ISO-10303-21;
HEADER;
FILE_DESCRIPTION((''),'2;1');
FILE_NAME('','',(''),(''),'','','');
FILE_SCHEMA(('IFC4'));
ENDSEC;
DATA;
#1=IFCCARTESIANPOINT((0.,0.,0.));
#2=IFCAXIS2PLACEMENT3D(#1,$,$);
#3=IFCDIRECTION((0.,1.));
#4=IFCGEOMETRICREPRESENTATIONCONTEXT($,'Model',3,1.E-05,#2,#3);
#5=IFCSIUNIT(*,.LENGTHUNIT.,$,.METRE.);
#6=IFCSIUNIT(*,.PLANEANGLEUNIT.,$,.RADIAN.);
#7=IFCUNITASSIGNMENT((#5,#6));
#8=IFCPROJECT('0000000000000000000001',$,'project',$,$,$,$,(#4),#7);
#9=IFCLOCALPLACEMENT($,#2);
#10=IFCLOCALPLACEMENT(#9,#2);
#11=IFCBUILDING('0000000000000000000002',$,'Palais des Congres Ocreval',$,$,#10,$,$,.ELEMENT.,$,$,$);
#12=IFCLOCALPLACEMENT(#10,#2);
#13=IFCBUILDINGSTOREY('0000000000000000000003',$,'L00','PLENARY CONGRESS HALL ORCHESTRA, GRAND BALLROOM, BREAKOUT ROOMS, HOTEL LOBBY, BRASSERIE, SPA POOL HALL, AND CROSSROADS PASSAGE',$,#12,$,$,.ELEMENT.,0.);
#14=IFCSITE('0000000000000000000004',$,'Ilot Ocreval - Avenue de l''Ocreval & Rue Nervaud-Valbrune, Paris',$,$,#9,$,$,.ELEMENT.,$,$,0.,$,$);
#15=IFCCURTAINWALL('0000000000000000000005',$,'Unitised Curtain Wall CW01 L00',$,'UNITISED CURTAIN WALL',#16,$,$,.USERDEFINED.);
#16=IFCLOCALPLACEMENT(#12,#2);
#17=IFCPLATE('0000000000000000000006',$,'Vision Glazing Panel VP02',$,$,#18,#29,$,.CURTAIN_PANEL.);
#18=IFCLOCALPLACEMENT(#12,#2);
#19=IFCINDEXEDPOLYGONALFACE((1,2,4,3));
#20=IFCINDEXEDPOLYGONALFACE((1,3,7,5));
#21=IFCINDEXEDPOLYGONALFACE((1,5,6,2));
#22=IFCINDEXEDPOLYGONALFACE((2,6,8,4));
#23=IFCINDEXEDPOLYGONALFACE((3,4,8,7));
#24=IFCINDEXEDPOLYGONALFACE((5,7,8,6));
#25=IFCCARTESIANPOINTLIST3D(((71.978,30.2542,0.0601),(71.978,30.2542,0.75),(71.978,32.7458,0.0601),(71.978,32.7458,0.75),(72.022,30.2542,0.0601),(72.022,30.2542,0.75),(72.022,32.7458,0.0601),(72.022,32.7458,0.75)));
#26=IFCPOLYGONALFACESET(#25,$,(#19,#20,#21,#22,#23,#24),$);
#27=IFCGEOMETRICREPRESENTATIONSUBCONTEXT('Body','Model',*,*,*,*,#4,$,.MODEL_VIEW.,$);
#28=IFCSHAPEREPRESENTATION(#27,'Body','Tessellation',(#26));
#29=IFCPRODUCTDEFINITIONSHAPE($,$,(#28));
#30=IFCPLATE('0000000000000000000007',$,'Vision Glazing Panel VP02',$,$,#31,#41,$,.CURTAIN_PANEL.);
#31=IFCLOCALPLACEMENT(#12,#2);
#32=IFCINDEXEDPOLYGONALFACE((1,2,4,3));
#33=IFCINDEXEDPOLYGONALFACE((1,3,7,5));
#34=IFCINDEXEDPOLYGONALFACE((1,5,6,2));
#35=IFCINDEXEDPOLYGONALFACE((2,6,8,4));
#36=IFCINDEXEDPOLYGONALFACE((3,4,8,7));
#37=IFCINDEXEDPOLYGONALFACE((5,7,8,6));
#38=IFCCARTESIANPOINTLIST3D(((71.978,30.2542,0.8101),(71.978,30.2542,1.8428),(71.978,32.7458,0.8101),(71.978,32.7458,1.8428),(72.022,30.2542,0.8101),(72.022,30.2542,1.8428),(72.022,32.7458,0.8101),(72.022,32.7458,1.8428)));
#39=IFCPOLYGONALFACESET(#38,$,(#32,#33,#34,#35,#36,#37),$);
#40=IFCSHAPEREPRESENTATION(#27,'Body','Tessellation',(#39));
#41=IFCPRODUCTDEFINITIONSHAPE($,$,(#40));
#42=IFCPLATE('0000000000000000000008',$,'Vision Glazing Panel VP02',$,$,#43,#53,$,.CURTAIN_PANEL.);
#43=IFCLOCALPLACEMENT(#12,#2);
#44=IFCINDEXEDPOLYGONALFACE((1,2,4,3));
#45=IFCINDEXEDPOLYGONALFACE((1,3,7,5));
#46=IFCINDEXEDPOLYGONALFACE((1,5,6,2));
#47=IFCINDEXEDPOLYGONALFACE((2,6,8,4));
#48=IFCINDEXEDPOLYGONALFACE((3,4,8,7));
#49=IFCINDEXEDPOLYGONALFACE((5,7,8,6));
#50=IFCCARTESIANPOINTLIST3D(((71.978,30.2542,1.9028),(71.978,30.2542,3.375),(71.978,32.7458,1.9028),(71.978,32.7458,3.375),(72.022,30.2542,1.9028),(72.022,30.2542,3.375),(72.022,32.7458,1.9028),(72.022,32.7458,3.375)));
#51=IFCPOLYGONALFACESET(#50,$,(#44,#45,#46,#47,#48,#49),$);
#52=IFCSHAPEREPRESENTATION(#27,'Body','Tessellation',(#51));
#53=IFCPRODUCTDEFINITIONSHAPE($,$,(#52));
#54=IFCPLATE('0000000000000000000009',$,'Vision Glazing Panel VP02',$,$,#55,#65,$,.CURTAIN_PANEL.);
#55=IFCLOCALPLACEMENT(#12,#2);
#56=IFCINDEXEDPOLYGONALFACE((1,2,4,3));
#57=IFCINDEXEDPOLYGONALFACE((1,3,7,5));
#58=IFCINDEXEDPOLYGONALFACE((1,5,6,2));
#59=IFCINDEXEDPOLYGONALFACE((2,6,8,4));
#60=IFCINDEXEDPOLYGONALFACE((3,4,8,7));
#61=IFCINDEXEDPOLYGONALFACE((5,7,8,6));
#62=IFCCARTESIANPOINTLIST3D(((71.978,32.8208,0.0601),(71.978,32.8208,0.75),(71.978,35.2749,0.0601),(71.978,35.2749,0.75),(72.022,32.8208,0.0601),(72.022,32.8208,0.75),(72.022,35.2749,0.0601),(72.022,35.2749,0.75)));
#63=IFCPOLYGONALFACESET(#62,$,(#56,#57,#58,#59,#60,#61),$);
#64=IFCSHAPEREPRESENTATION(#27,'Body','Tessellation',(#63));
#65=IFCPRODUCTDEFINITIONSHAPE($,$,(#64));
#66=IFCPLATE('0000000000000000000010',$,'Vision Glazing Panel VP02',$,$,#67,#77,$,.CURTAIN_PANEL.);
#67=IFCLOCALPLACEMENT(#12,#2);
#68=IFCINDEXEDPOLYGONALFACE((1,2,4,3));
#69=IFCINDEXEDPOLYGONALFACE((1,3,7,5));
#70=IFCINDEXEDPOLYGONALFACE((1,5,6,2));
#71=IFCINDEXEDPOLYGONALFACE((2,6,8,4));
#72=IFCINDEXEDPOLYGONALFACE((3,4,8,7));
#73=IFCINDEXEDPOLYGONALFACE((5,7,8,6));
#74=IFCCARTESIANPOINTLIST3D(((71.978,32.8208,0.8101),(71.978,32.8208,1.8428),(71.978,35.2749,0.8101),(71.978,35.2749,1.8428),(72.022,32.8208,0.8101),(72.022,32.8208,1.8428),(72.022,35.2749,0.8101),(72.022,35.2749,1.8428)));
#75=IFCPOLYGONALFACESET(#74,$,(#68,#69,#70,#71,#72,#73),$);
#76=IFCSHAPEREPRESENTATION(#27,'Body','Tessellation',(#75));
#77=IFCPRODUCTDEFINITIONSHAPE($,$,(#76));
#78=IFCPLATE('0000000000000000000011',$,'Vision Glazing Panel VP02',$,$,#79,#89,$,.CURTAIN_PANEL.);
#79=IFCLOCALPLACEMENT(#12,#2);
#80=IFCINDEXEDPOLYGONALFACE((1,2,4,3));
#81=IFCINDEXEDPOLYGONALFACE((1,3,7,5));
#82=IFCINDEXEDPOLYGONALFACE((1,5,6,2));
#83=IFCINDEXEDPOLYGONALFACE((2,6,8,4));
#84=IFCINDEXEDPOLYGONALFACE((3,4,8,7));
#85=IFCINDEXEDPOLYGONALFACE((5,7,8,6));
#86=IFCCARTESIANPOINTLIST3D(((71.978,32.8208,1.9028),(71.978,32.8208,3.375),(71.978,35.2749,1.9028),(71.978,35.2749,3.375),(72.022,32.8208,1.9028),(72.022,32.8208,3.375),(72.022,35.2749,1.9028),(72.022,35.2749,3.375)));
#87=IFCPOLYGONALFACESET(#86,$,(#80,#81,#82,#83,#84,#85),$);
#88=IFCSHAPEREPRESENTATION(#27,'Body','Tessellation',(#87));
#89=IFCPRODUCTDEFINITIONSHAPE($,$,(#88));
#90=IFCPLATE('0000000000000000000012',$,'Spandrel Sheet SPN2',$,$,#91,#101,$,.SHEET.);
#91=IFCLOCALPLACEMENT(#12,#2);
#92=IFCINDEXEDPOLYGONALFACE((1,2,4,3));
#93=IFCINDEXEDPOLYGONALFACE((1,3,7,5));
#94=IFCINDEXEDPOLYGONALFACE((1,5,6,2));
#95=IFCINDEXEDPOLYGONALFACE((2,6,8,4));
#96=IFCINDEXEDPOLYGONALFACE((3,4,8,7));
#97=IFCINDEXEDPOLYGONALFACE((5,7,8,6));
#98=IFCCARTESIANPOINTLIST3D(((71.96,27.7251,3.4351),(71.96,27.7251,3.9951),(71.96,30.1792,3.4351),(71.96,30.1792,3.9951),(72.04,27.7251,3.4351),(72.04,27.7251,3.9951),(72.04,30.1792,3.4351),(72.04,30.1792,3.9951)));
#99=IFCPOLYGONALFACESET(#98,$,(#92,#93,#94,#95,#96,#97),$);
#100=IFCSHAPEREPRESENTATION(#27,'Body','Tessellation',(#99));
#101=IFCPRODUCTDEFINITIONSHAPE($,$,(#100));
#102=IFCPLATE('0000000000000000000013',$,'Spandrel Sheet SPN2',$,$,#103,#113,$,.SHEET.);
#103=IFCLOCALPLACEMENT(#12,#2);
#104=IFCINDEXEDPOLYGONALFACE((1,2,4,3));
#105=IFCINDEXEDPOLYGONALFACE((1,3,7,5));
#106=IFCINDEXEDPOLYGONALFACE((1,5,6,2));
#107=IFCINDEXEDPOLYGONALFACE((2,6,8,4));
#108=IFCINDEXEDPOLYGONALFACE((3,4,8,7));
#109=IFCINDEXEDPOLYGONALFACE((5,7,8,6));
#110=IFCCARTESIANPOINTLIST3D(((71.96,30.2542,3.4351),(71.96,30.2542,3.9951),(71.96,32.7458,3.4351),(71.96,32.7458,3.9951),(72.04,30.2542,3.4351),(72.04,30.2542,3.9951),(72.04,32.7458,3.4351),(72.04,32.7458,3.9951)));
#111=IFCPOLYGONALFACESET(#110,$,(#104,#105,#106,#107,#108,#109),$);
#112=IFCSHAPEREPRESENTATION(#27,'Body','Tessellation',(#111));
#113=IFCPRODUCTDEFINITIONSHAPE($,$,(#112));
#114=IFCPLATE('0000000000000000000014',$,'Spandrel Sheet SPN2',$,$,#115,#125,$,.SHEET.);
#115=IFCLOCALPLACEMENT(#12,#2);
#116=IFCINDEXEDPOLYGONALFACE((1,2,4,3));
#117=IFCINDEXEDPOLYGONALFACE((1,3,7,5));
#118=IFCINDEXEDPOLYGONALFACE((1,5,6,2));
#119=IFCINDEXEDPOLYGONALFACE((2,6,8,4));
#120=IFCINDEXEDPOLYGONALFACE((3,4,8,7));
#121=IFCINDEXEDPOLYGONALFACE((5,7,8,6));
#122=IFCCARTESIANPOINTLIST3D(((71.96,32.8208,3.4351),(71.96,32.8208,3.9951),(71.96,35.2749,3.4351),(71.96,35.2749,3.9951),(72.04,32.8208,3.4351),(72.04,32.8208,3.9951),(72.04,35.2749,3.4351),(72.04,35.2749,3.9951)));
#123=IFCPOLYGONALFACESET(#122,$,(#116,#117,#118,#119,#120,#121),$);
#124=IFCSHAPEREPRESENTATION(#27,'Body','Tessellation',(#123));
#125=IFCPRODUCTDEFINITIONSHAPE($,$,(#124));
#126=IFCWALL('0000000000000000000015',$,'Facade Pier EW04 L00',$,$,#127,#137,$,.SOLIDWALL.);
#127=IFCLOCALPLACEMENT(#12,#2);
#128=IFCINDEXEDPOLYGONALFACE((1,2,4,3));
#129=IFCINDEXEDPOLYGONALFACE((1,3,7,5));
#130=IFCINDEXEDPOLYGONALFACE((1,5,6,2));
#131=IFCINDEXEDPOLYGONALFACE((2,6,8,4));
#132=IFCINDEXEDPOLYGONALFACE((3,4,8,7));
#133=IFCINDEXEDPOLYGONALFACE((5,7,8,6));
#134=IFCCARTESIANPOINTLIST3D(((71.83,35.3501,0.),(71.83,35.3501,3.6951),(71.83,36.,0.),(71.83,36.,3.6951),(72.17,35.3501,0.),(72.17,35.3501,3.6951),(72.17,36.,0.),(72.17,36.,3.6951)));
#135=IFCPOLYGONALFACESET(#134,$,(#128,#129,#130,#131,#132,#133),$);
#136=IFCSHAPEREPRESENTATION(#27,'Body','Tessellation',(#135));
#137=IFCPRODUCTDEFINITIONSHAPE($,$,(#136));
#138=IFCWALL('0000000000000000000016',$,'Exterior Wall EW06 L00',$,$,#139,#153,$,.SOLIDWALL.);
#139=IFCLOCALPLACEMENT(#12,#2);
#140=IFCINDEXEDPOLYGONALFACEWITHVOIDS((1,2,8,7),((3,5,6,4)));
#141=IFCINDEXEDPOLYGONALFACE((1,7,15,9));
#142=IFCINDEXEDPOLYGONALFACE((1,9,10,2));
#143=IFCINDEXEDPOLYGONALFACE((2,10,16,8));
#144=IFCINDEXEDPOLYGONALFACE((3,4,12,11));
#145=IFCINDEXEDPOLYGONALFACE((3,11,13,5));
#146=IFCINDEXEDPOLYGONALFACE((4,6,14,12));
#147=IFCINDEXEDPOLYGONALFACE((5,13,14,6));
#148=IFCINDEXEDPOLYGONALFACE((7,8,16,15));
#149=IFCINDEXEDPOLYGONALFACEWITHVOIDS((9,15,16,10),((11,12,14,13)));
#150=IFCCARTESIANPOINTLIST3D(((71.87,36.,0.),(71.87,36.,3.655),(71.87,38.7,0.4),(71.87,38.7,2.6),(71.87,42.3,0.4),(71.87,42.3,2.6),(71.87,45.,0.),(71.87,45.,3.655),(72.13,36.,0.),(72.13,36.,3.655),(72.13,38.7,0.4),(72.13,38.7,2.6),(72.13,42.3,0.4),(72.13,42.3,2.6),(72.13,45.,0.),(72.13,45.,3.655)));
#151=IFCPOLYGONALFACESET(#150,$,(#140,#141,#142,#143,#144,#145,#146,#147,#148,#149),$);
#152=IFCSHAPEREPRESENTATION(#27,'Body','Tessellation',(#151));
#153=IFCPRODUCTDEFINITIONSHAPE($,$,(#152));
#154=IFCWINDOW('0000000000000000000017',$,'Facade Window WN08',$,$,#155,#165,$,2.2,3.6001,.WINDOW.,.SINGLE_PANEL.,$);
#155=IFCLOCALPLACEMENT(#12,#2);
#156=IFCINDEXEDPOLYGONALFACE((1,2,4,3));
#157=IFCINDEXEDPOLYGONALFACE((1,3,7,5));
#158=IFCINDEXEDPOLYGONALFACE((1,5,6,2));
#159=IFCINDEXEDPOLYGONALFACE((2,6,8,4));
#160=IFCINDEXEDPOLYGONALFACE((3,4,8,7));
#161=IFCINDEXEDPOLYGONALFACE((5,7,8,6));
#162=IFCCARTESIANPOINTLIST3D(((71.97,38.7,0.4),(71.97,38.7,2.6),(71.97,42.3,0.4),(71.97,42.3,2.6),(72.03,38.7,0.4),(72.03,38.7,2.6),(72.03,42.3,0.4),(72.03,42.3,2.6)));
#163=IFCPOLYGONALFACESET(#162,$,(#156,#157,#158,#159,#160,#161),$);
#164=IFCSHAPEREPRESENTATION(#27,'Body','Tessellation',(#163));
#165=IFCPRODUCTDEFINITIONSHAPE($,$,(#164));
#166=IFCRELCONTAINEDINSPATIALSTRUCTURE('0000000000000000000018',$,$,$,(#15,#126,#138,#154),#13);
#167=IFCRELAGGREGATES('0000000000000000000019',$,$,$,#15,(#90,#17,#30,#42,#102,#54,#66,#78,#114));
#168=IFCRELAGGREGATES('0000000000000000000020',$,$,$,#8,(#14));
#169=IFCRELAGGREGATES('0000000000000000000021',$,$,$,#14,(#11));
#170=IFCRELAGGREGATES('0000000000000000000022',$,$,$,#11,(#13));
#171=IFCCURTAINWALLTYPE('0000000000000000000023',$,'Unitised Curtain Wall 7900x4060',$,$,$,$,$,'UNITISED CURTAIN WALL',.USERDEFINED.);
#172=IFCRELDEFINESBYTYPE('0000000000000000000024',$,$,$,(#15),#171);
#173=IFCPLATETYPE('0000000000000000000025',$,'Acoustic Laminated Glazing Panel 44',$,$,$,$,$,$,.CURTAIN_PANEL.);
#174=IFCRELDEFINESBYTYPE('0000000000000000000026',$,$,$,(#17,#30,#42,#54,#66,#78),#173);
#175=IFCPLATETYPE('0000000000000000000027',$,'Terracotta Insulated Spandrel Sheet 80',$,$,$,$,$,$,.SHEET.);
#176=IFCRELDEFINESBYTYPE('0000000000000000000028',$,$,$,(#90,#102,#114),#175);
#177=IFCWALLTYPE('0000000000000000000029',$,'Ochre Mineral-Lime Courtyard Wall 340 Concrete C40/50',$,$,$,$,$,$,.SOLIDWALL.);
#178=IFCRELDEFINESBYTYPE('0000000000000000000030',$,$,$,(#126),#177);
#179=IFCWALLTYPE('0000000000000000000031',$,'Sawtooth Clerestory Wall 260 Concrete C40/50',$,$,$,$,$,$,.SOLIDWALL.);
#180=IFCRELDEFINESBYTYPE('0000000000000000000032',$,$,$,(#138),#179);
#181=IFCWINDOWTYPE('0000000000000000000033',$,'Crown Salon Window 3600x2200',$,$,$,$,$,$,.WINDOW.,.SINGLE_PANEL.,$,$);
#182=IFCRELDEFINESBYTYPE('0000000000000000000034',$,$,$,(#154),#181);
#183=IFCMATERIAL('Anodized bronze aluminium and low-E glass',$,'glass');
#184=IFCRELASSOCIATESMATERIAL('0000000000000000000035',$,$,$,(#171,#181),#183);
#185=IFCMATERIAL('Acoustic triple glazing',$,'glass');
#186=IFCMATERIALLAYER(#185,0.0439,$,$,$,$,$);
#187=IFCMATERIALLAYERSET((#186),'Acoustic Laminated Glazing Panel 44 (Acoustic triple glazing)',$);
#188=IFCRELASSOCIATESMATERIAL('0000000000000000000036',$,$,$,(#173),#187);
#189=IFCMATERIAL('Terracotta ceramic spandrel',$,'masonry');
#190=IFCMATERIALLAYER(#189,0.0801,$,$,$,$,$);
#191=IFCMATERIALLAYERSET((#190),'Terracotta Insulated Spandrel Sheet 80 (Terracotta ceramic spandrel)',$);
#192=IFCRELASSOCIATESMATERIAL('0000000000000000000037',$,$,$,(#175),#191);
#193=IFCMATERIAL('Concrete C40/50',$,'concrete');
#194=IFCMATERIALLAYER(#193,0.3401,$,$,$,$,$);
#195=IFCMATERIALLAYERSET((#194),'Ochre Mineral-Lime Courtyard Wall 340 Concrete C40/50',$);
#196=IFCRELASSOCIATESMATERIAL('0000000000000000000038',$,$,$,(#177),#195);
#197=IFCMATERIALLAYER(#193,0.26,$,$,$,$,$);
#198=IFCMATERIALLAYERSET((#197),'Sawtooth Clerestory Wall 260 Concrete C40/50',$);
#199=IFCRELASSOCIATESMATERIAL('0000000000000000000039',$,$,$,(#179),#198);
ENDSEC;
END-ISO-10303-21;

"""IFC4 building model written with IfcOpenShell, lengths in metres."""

from ifc_helpers import new_model, si_unit, direction, frame, frame_2d, origin, origin_2d, place, context, subcontext, project, spatial, rectangle, extrude, material, layer, layer_set, type_object, element, fill, aggregate, save


model = new_model("IFC4")

# Units and contexts
model_context = context("Model", 3, precision=1e-05, world=origin(), true_north=direction((0.0, 1.0)))
body_context = subcontext(model_context, "Body", "Model", "MODEL_VIEW")
ifc_project = project(units=[si_unit("LENGTHUNIT", "METRE"), si_unit("PLANEANGLEUNIT", "RADIAN")], contexts=[model_context])

# Site, building, storey
site_placement = place(None, origin())
site = spatial("IfcSite", under=ifc_project, at=site_placement, Name="Ilot Ocreval - Avenue de l'Ocreval & Rue Nervaud-Valbrune, Paris", CompositionType="ELEMENT", RefElevation=0.0)
building_placement = place(site_placement, origin())
building = spatial("IfcBuilding", under=site, at=building_placement, Name="Palais des Congres Ocreval", CompositionType="ELEMENT")
storey_placement = place(building_placement, origin())
storey = spatial("IfcBuildingStorey", under=building, at=storey_placement, Name="L00", Description="PLENARY CONGRESS HALL ORCHESTRA, GRAND BALLROOM, BREAKOUT ROOMS, HOTEL LOBBY, BRASSERIE, SPA POOL HALL, AND CROSSROADS PASSAGE", CompositionType="ELEMENT", Elevation=0.0)

# Curtain wall
ifc_material_1 = material(Name="Anodized bronze aluminium and low-E glass", Category="glass")
curtain_wall_type = type_object("IfcCurtainWallType", Name="Unitised Curtain Wall 7900x4060", ElementType="UNITISED CURTAIN WALL", PredefinedType="USERDEFINED", material=ifc_material_1)
curtain_wall_placement = place(storey_placement, origin())
curtain_wall = element("IfcCurtainWall", 1, at=curtain_wall_placement, inside=storey, type_object=curtain_wall_type, Name="Unitised Curtain Wall CW01 L00", ObjectType="UNITISED CURTAIN WALL", PredefinedType="USERDEFINED")

# Plates
ifc_material_2 = material(Name="Acoustic triple glazing", Category="glass")
ifc_layer_1 = layer(ifc_material_2, 0.0439)
ifc_layer_set_1 = layer_set([ifc_layer_1], Name="Acoustic Laminated Glazing Panel 44 (Acoustic triple glazing)")
plate_type_1 = type_object("IfcPlateType", Name="Acoustic Laminated Glazing Panel 44", PredefinedType="CURTAIN_PANEL", material=ifc_layer_set_1)
plate_1_placement = place(storey_placement, frame((72.0, 31.5, 0.0601), z_axis=(0.0, 0.0, 1.0), x_axis=(0.0, 1.0, 0.0)))
plate_1 = element("IfcPlate", 2, at=plate_1_placement, type_object=plate_type_1, Name="Vision Glazing Panel VP02", PredefinedType="CURTAIN_PANEL", context=body_context, shape_type="SweptSolid", body=[
    extrude(rectangle(XDim=2.4917, YDim=0.0439, at=origin_2d()), origin(), (0.0, 0.0, 1.0), 0.6899),
])
plate_2_placement = place(storey_placement, frame((72.0, 31.5, 0.8101), z_axis=(0.0, 0.0, 1.0), x_axis=(0.0, 1.0, 0.0)))
plate_2 = element("IfcPlate", 3, at=plate_2_placement, type_object=plate_type_1, Name="Vision Glazing Panel VP02", PredefinedType="CURTAIN_PANEL", context=body_context, shape_type="SweptSolid", body=[
    extrude(rectangle(XDim=2.4917, YDim=0.0439, at=origin_2d()), origin(), (0.0, 0.0, 1.0), 1.0327),
])
plate_3_placement = place(storey_placement, frame((72.0, 31.5, 1.9028), z_axis=(0.0, 0.0, 1.0), x_axis=(0.0, 1.0, 0.0)))
plate_3 = element("IfcPlate", 4, at=plate_3_placement, type_object=plate_type_1, Name="Vision Glazing Panel VP02", PredefinedType="CURTAIN_PANEL", context=body_context, shape_type="SweptSolid", body=[
    extrude(rectangle(XDim=2.4917, YDim=0.0439, at=origin_2d()), origin(), (0.0, 0.0, 1.0), 1.4722),
])
plate_4_placement = place(storey_placement, frame((72.0, 34.0479, 0.0601), z_axis=(0.0, 0.0, 1.0), x_axis=(0.0, 1.0, 0.0)))
plate_4 = element("IfcPlate", 5, at=plate_4_placement, type_object=plate_type_1, Name="Vision Glazing Panel VP02", PredefinedType="CURTAIN_PANEL", context=body_context, shape_type="SweptSolid", body=[
    extrude(rectangle(XDim=2.4541, YDim=0.0439, at=origin_2d()), origin(), (0.0, 0.0, 1.0), 0.6899),
])
plate_5_placement = place(storey_placement, frame((72.0, 34.0479, 0.8101), z_axis=(0.0, 0.0, 1.0), x_axis=(0.0, 1.0, 0.0)))
plate_5 = element("IfcPlate", 6, at=plate_5_placement, type_object=plate_type_1, Name="Vision Glazing Panel VP02", PredefinedType="CURTAIN_PANEL", context=body_context, shape_type="SweptSolid", body=[
    extrude(rectangle(XDim=2.4541, YDim=0.0439, at=origin_2d()), origin(), (0.0, 0.0, 1.0), 1.0327),
])
plate_6_placement = place(storey_placement, frame((72.0, 34.0479, 1.9028), z_axis=(0.0, 0.0, 1.0), x_axis=(0.0, 1.0, 0.0)))
plate_6 = element("IfcPlate", 7, at=plate_6_placement, type_object=plate_type_1, Name="Vision Glazing Panel VP02", PredefinedType="CURTAIN_PANEL", context=body_context, shape_type="SweptSolid", body=[
    extrude(rectangle(XDim=2.4541, YDim=0.0439, at=origin_2d()), origin(), (0.0, 0.0, 1.0), 1.4722),
])
ifc_material_3 = material(Name="Terracotta ceramic spandrel", Category="masonry")
ifc_layer_2 = layer(ifc_material_3, 0.0801)
ifc_layer_set_2 = layer_set([ifc_layer_2], Name="Terracotta Insulated Spandrel Sheet 80 (Terracotta ceramic spandrel)")
plate_type_2 = type_object("IfcPlateType", Name="Terracotta Insulated Spandrel Sheet 80", PredefinedType="SHEET", material=ifc_layer_set_2)
plate_7_placement = place(storey_placement, frame((72.0, 28.9521, 3.4351), z_axis=(0.0, 0.0, 1.0), x_axis=(0.0, 1.0, 0.0)))
plate_7 = element("IfcPlate", 8, at=plate_7_placement, type_object=plate_type_2, Name="Spandrel Sheet SPN2", PredefinedType="SHEET", context=body_context, shape_type="SweptSolid", body=[
    extrude(rectangle(XDim=2.4541, YDim=0.0801, at=origin_2d()), origin(), (0.0, 0.0, 1.0), 0.5601),
])
plate_8_placement = place(storey_placement, frame((72.0, 31.5, 3.4351), z_axis=(0.0, 0.0, 1.0), x_axis=(0.0, 1.0, 0.0)))
plate_8 = element("IfcPlate", 9, at=plate_8_placement, type_object=plate_type_2, Name="Spandrel Sheet SPN2", PredefinedType="SHEET", context=body_context, shape_type="SweptSolid", body=[
    extrude(rectangle(XDim=2.4917, YDim=0.0801, at=origin_2d()), origin(), (0.0, 0.0, 1.0), 0.5601),
])
plate_9_placement = place(storey_placement, frame((72.0, 34.0479, 3.4351), z_axis=(0.0, 0.0, 1.0), x_axis=(0.0, 1.0, 0.0)))
plate_9 = element("IfcPlate", 10, at=plate_9_placement, type_object=plate_type_2, Name="Spandrel Sheet SPN2", PredefinedType="SHEET", context=body_context, shape_type="SweptSolid", body=[
    extrude(rectangle(XDim=2.4541, YDim=0.0801, at=origin_2d()), origin(), (0.0, 0.0, 1.0), 0.5601),
])
aggregate(curtain_wall, [plate_7, plate_1, plate_2, plate_3, plate_8, plate_4, plate_5, plate_6, plate_9])

# Wall
ifc_material_4 = material(Name="Concrete C40/50", Category="concrete")
ifc_layer_3 = layer(ifc_material_4, 0.3401)
ifc_layer_set_3 = layer_set([ifc_layer_3], Name="Ochre Mineral-Lime Courtyard Wall 340 Concrete C40/50")
wall_type_1 = type_object("IfcWallType", Name="Ochre Mineral-Lime Courtyard Wall 340 Concrete C40/50", PredefinedType="SOLIDWALL", material=ifc_layer_set_3)
wall_1_placement = place(storey_placement, frame((72.0, 35.3501, 0.0), z_axis=(0.0, 0.0, 1.0), x_axis=(0.0, 1.0, 0.0)))
element("IfcWall", 11, at=wall_1_placement, inside=storey, type_object=wall_type_1, Name="Facade Pier EW04 L00", PredefinedType="SOLIDWALL", context=body_context, shape_type="SweptSolid", body=[
    extrude(rectangle(XDim=0.6499, YDim=0.3401, at=frame_2d((0.325, 0.0))), origin(), (0.0, 0.0, 1.0), 3.6951),
])

# Wall, opening, window
ifc_layer_4 = layer(ifc_material_4, 0.26)
ifc_layer_set_4 = layer_set([ifc_layer_4], Name="Sawtooth Clerestory Wall 260 Concrete C40/50")
wall_type_2 = type_object("IfcWallType", Name="Sawtooth Clerestory Wall 260 Concrete C40/50", PredefinedType="SOLIDWALL", material=ifc_layer_set_4)
wall_2_placement = place(storey_placement, frame((72.0, 36.0, 0.0), z_axis=(0.0, 0.0, 1.0), x_axis=(0.0, 1.0, 0.0)))
wall_2 = element("IfcWall", 12, at=wall_2_placement, inside=storey, type_object=wall_type_2, Name="Exterior Wall EW06 L00", PredefinedType="SOLIDWALL", context=body_context, shape_type="SweptSolid", body=[
    extrude(rectangle(XDim=9.0, YDim=0.26, at=frame_2d((4.5, 0.0))), origin(), (0.0, 0.0, 1.0), 3.655),
])
opening_placement = place(wall_2_placement, frame((2.7, 0.0, 0.3999)))
opening = element("IfcOpeningElement", 13, at=opening_placement, cuts=wall_2, PredefinedType="OPENING", context=body_context, shape_type="SweptSolid", body=[
    extrude(rectangle(XDim=3.6001, YDim=2.2, at=frame_2d((1.8, 1.1001))), frame((0.0, 0.1399, 0.0), z_axis=(0.0, -1.0, 0.0), x_axis=(1.0, 0.0, 0.0)), (0.0, 0.0, 1.0), 0.28),
])
window_type = type_object("IfcWindowType", Name="Crown Salon Window 3600x2200", PartitioningType="SINGLE_PANEL", PredefinedType="WINDOW", material=ifc_material_1)
window_placement = place(opening_placement, origin())
window = element("IfcWindow", 14, at=window_placement, inside=storey, type_object=window_type, Name="Facade Window WN08", OverallHeight=2.2, OverallWidth=3.6001, PartitioningType="SINGLE_PANEL", PredefinedType="WINDOW", context=body_context, shape_type="SweptSolid", body=[
    extrude(rectangle(XDim=3.6001, YDim=2.2, at=frame_2d((1.8, 1.1001))), frame((0.0, 0.03, 0.0), z_axis=(0.0, -1.0, 0.0), x_axis=(1.0, 0.0, 0.0)), (0.0, 0.0, 1.0), 0.0601),
])
fill(opening, window)

save(model, "model.ifc")
